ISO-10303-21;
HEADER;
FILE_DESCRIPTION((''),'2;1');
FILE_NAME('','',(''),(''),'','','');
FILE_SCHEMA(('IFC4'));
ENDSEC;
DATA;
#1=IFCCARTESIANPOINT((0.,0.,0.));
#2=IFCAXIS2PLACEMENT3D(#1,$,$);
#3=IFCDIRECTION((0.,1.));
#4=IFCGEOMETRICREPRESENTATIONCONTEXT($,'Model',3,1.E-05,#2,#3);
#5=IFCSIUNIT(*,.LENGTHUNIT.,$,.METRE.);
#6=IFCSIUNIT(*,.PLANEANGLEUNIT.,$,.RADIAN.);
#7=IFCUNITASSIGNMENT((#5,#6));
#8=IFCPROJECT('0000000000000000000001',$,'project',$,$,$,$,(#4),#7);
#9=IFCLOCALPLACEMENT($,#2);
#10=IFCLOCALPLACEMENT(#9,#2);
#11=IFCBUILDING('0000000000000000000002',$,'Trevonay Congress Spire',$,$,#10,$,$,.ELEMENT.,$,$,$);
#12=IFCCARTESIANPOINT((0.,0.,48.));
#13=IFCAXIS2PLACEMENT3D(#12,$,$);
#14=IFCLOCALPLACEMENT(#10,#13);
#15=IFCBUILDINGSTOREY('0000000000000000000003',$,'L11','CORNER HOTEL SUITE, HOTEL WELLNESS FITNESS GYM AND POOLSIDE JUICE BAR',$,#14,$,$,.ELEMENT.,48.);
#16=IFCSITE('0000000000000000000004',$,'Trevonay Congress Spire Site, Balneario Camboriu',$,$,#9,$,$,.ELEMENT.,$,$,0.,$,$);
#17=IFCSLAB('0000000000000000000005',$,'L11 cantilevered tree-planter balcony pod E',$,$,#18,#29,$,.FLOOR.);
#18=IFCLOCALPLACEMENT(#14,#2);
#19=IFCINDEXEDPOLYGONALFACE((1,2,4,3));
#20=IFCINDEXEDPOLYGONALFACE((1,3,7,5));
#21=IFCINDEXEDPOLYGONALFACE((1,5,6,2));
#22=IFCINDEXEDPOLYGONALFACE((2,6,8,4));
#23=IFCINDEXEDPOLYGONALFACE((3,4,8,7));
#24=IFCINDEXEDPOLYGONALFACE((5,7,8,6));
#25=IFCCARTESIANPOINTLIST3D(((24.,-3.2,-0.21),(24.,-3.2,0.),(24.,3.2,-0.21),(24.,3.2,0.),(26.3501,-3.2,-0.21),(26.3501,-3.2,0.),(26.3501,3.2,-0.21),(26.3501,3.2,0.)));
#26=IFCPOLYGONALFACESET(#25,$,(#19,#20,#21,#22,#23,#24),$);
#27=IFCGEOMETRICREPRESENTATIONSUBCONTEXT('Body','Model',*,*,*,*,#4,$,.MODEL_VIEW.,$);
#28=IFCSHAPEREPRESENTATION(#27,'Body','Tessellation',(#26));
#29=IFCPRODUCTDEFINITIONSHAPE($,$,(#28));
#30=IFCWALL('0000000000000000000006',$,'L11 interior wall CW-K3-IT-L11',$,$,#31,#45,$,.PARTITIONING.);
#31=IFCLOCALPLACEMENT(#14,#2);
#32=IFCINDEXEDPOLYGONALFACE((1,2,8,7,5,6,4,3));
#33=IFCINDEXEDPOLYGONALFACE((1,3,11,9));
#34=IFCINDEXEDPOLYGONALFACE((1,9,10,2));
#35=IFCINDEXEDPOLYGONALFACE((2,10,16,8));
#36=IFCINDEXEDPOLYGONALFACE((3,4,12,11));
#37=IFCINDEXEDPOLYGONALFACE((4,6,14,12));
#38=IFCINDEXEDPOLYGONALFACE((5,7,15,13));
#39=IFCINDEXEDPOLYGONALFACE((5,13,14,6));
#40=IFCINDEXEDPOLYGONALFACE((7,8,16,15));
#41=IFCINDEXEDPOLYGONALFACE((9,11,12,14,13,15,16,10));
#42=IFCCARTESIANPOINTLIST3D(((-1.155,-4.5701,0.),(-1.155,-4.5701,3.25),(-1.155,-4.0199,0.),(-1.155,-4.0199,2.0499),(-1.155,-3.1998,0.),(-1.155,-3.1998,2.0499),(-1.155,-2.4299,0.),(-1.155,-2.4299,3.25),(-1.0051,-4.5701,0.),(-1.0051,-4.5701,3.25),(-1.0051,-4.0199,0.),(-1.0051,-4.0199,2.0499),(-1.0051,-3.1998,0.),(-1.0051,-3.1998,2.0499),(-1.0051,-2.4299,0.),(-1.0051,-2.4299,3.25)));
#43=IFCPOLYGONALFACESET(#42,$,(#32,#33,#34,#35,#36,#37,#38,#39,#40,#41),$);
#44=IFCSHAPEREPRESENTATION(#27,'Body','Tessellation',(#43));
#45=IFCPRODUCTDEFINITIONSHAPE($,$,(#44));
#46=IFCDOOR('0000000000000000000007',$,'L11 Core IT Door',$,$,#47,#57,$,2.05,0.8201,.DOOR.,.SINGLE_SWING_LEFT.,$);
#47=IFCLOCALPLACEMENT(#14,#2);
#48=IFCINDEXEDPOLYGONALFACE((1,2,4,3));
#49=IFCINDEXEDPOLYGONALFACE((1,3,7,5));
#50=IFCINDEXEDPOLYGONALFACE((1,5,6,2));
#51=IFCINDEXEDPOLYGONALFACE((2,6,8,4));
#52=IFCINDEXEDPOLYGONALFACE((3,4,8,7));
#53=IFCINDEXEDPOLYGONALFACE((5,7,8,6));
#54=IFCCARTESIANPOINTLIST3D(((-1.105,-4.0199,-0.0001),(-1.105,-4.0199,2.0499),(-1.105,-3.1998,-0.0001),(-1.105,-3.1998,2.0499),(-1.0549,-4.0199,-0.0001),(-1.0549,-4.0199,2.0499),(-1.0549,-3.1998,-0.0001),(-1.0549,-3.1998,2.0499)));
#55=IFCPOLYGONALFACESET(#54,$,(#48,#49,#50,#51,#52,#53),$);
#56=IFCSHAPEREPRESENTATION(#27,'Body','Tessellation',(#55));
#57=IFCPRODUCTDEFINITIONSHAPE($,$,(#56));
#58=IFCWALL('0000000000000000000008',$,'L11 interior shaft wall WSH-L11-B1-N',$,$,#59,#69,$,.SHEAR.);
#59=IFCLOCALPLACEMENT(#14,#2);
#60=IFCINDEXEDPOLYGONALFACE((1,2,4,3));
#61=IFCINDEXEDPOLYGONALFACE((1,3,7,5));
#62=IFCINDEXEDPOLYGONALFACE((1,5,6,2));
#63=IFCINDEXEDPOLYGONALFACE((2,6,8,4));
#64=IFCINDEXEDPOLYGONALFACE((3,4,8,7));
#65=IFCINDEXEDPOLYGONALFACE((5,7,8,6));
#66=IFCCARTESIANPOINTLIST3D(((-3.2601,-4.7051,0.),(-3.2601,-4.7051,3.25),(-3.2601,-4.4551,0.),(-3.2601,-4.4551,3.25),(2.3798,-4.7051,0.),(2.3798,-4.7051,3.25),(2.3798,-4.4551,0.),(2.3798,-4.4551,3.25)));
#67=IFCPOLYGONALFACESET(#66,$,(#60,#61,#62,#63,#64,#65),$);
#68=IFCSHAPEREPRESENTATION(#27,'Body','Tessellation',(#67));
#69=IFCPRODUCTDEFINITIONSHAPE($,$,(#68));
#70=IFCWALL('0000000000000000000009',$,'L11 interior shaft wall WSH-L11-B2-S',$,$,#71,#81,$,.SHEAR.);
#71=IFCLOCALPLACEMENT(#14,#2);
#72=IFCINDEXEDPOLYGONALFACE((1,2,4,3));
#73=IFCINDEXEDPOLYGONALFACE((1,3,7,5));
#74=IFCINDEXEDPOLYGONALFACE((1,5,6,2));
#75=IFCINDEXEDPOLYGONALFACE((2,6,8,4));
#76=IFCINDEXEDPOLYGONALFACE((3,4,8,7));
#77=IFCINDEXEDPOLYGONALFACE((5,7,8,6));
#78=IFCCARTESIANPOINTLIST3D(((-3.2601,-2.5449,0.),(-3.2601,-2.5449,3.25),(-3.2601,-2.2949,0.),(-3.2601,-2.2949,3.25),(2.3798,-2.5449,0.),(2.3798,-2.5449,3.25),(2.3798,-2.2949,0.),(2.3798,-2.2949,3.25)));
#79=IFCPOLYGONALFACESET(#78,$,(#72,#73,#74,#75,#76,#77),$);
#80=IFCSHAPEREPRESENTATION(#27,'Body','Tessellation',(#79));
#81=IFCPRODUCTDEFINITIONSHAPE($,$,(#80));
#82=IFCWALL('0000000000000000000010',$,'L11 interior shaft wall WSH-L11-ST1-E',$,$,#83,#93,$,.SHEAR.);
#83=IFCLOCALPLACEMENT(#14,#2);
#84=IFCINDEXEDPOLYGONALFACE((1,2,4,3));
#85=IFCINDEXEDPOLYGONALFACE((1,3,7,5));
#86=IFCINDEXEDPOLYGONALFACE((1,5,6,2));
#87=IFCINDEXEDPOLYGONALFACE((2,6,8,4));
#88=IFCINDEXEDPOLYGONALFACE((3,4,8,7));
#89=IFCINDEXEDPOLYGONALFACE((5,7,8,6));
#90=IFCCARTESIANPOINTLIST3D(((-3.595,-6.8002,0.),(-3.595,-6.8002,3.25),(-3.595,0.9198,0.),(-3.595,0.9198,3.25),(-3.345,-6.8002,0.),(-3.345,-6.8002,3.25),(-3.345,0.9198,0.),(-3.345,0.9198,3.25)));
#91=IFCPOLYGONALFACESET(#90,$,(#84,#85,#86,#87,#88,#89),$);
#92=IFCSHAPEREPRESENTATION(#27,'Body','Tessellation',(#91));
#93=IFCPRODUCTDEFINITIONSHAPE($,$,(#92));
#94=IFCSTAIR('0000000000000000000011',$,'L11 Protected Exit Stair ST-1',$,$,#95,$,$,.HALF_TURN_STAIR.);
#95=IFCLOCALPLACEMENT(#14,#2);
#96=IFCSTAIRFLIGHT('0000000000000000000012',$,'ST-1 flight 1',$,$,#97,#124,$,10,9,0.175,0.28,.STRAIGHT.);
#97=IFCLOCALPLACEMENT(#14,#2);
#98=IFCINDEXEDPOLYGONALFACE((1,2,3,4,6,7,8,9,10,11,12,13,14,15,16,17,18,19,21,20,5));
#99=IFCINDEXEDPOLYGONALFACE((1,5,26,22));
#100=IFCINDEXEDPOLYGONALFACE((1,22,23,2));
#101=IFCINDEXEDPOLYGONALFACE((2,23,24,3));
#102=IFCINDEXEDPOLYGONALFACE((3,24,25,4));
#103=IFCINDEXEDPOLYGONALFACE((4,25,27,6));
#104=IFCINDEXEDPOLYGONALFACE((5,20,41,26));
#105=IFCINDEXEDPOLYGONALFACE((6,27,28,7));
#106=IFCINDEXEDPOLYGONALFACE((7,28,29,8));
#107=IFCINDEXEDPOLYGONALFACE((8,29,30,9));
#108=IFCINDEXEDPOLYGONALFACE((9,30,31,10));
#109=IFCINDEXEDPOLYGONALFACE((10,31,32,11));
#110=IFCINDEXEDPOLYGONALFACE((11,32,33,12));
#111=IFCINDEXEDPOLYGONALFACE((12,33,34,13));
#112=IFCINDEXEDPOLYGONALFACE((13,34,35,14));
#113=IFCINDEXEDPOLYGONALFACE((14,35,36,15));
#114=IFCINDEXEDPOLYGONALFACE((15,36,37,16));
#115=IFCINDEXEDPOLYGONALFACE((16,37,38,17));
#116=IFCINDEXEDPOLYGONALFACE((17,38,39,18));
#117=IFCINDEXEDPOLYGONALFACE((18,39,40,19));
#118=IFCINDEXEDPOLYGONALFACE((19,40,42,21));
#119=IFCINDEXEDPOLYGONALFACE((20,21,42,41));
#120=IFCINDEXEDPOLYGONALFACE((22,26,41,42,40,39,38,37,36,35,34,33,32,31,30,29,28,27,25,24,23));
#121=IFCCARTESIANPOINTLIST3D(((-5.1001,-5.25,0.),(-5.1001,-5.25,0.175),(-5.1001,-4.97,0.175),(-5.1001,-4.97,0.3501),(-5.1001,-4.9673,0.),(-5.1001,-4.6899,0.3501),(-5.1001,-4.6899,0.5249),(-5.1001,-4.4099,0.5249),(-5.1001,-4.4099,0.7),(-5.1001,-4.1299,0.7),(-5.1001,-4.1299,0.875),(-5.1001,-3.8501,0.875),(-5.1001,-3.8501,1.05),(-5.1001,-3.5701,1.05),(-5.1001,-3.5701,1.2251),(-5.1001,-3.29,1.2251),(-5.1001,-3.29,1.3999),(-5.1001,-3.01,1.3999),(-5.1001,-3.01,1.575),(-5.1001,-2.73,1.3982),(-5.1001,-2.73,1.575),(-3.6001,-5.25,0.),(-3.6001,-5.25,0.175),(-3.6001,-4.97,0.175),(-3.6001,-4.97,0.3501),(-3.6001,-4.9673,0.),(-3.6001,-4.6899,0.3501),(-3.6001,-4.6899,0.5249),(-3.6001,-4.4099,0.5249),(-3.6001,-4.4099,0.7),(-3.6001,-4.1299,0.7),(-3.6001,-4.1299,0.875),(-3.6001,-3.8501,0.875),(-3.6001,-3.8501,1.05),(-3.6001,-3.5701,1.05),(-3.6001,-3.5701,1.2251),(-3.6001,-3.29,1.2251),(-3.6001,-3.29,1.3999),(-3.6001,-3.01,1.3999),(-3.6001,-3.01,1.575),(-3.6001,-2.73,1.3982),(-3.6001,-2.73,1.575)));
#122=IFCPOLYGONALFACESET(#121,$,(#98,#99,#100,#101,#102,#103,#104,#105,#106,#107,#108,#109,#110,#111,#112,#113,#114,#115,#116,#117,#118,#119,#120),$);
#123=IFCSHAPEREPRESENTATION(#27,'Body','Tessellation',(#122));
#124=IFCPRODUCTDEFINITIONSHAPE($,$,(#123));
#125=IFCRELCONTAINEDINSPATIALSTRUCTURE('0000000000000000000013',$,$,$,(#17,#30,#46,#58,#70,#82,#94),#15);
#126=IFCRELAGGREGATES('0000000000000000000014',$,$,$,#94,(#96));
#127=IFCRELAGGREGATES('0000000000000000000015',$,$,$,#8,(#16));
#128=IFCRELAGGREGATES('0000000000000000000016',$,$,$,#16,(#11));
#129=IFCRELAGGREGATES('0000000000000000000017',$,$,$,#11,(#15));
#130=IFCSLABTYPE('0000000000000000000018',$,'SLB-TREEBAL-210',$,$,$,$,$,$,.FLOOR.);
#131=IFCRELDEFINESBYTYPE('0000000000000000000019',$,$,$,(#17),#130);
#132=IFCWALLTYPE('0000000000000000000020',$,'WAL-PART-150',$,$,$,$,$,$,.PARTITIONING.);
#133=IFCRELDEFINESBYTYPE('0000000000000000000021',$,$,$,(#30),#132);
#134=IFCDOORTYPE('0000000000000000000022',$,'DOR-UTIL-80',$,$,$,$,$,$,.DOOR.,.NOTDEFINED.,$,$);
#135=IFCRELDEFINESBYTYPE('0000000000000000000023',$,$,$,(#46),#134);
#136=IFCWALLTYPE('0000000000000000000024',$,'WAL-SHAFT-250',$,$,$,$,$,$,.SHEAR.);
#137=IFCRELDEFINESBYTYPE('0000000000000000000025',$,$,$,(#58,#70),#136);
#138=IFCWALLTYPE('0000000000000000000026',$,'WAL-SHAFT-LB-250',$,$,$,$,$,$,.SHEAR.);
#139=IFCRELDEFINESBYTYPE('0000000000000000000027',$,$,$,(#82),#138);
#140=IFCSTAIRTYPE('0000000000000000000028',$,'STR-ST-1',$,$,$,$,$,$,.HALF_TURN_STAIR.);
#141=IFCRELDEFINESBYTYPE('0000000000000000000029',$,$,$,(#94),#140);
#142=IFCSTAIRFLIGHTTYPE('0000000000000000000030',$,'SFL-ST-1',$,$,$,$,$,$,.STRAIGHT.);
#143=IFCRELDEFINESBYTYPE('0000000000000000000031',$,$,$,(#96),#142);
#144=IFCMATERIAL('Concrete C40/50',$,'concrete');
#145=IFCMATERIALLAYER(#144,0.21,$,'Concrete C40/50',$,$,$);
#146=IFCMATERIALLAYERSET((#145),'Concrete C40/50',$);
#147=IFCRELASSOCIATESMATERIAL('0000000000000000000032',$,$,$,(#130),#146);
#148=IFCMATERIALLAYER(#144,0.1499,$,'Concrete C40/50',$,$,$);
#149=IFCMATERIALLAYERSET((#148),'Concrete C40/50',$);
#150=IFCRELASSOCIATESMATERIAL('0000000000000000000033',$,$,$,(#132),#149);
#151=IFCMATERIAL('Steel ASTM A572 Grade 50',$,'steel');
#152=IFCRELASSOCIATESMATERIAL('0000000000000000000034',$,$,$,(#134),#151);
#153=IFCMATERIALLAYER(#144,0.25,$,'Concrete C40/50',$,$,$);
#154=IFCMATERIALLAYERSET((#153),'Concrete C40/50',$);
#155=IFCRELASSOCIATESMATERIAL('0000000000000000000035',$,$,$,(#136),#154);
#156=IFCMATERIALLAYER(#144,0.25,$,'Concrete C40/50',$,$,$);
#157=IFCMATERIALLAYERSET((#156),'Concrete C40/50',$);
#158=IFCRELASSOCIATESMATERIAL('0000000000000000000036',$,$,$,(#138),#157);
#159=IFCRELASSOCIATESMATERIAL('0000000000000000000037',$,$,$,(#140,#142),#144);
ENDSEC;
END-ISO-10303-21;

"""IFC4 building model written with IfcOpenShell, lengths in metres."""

from ifc_helpers import new_model, si_unit, direction, frame, frame_2d, origin, place, context, subcontext, project, spatial, polyline, rectangle, outline, extrude, material, layer, layer_set, type_object, element, fill, aggregate, save


model = new_model("IFC4")

# Units and contexts
model_context = context("Model", 3, precision=1e-05, world=origin(), true_north=direction((0.0, 1.0)))
body_context = subcontext(model_context, "Body", "Model", "MODEL_VIEW")
ifc_project = project(units=[si_unit("LENGTHUNIT", "METRE"), si_unit("PLANEANGLEUNIT", "RADIAN")], contexts=[model_context])

# Site, building, storey
site_placement = place(None, origin())
site = spatial("IfcSite", under=ifc_project, at=site_placement, Name="Trevonay Congress Spire Site, Balneario Camboriu", CompositionType="ELEMENT", RefElevation=0.0)
building_placement = place(site_placement, origin())
building = spatial("IfcBuilding", under=site, at=building_placement, Name="Trevonay Congress Spire", CompositionType="ELEMENT")
storey_placement = place(building_placement, frame((0.0, 0.0, 48.0)))
storey = spatial("IfcBuildingStorey", under=building, at=storey_placement, Name="L11", Description="CORNER HOTEL SUITE, HOTEL WELLNESS FITNESS GYM AND POOLSIDE JUICE BAR", CompositionType="ELEMENT", Elevation=48.0)

# Shared definitions
ifc_material_1 = material(Name="Steel ASTM A572 Grade 50", Category="steel")

# Slab
ifc_material_2 = material(Name="Concrete C40/50", Category="concrete")
ifc_layer_1 = layer(ifc_material_2, 0.21, Name="Concrete C40/50")
ifc_layer_set_1 = layer_set([ifc_layer_1], Name="Concrete C40/50")
slab_type_1 = type_object("IfcSlabType", Name="SLB-TREEBAL-210", PredefinedType="FLOOR", material=ifc_layer_set_1)
slab_1_placement = place(storey_placement, frame((0.0, 0.0, -0.21)))
element("IfcSlab", 1, at=slab_1_placement, inside=storey, type_object=slab_type_1, Name="L11 cantilevered tree-planter balcony pod E", PredefinedType="FLOOR", context=body_context, shape_type="SweptSolid", body=[
    extrude(outline(polyline([(24.0, -3.2), (26.3501, -3.2), (26.3501, 3.2), (24.0, 3.2), (24.0, -3.2)])), origin(), (0.0, 0.0, 1.0), 0.21),
])

# Wall, opening, door
ifc_layer_2 = layer(ifc_material_2, 0.1499, Name="Concrete C40/50")
ifc_layer_set_2 = layer_set([ifc_layer_2], Name="Concrete C40/50")
wall_type_1 = type_object("IfcWallType", Name="WAL-PART-150", PredefinedType="PARTITIONING", material=ifc_layer_set_2)
wall_1_placement = place(storey_placement, frame((-1.0801, -4.5701, 0.0), z_axis=(0.0, 0.0, 1.0), x_axis=(0.0, 1.0, 0.0)))
wall_1 = element("IfcWall", 2, at=wall_1_placement, inside=storey, type_object=wall_type_1, Name="L11 interior wall CW-K3-IT-L11", PredefinedType="PARTITIONING", context=body_context, shape_type="SweptSolid", body=[
    extrude(rectangle(XDim=2.1401, YDim=0.1499, at=frame_2d((1.0701, 0.0))), origin(), (0.0, 0.0, 1.0), 3.25),
])
opening_placement = place(wall_1_placement, frame((0.55, 0.0, 0.0)))
opening = element("IfcOpeningElement", 3, at=opening_placement, cuts=wall_1, PredefinedType="OPENING", context=body_context, shape_type="SweptSolid", body=[
    extrude(rectangle(XDim=0.8201, YDim=2.05, at=frame_2d((0.4102, 1.0249))), frame((0.0, 0.085, 0.0), z_axis=(0.0, -1.0, 0.0), x_axis=(1.0, 0.0, 0.0)), (0.0, 0.0, 1.0), 0.1699),
])
door_type = type_object("IfcDoorType", Name="DOR-UTIL-80", OperationType="NOTDEFINED", PredefinedType="DOOR", material=ifc_material_1)
door_placement = place(opening_placement, origin())
door = element("IfcDoor", 4, at=door_placement, inside=storey, type_object=door_type, Name="L11 Core IT Door", OperationType="SINGLE_SWING_LEFT", OverallHeight=2.05, OverallWidth=0.8201, PredefinedType="DOOR", context=body_context, shape_type="SweptSolid", body=[
    extrude(rectangle(XDim=0.8201, YDim=2.05, at=frame_2d((0.4102, 1.0249))), frame((0.0, 0.0249, 0.0), z_axis=(0.0, -1.0, 0.0), x_axis=(1.0, 0.0, 0.0)), (0.0, 0.0, 1.0), 0.05),
])
fill(opening, door)

# Walls
ifc_layer_3 = layer(ifc_material_2, 0.25, Name="Concrete C40/50")
ifc_layer_set_3 = layer_set([ifc_layer_3], Name="Concrete C40/50")
wall_type_2 = type_object("IfcWallType", Name="WAL-SHAFT-250", PredefinedType="SHEAR", material=ifc_layer_set_3)
for number, where, z_axis, x_axis, name in (
    (5, (-3.26, -4.5801, 0.0), (0.0, 0.0, 1.0), (1.0, 0.0, 0.0), "L11 interior shaft wall WSH-L11-B1-N"),
    (6, (-3.26, -2.4199, 0.0), (0.0, 0.0, 1.0), (1.0, 0.0, 0.0), "L11 interior shaft wall WSH-L11-B2-S"),
):
    element("IfcWall", number, at=place(storey_placement, frame(where, z_axis=z_axis, x_axis=x_axis)), inside=storey, type_object=wall_type_2, Name=name, PredefinedType="SHEAR", context=body_context, shape_type="SweptSolid", body=[
        extrude(rectangle(XDim=5.6399, YDim=0.25, at=frame_2d((2.8198, 0.0))), origin(), (0.0, 0.0, 1.0), 3.25),
    ])
ifc_layer_4 = layer(ifc_material_2, 0.25, Name="Concrete C40/50")
ifc_layer_set_4 = layer_set([ifc_layer_4], Name="Concrete C40/50")
wall_type_3 = type_object("IfcWallType", Name="WAL-SHAFT-LB-250", PredefinedType="SHEAR", material=ifc_layer_set_4)
wall_2_placement = place(storey_placement, frame((-3.47, -6.8, 0.0), z_axis=(0.0, 0.0, 1.0), x_axis=(0.0, 1.0, 0.0)))
element("IfcWall", 7, at=wall_2_placement, inside=storey, type_object=wall_type_3, Name="L11 interior shaft wall WSH-L11-ST1-E", PredefinedType="SHEAR", context=body_context, shape_type="SweptSolid", body=[
    extrude(rectangle(XDim=7.72, YDim=0.25, at=frame_2d((3.8599, 0.0))), origin(), (0.0, 0.0, 1.0), 3.25),
])

# Stair, stair flight
stair_type = type_object("IfcStairType", Name="STR-ST-1", PredefinedType="HALF_TURN_STAIR", material=ifc_material_2)
stair_placement = place(storey_placement, origin())
stair = element("IfcStair", 8, at=stair_placement, inside=storey, type_object=stair_type, Name="L11 Protected Exit Stair ST-1", PredefinedType="HALF_TURN_STAIR")
stair_flight_type = type_object("IfcStairFlightType", Name="SFL-ST-1", PredefinedType="STRAIGHT", material=ifc_material_2)
stair_flight_placement = place(storey_placement, frame((-4.3501, -5.25, 0.0), z_axis=(0.0, 0.0, 1.0), x_axis=(0.0, 1.0, 0.0)))
stair_flight = element("IfcStairFlight", 9, at=stair_flight_placement, type_object=stair_flight_type, Name="ST-1 flight 1", NumberOfRisers=10, NumberOfTreads=9, PredefinedType="STRAIGHT", RiserHeight=0.175, TreadLength=0.28, context=body_context, shape_type="SweptSolid", body=[
    extrude(outline(polyline([(0.0, 0.0), (0.0, 0.175), (0.28, 0.175), (0.28, 0.3501), (0.5601, 0.3501), (0.5601, 0.5249), (0.8401, 0.5249), (0.8401, 0.7), (1.1201, 0.7), (1.1201, 0.875), (1.3999, 0.875), (1.3999, 1.05), (1.6799, 1.05), (1.6799, 1.2251), (1.96, 1.2251), (1.96, 1.3999), (2.24, 1.3999), (2.24, 1.575), (2.52, 1.575), (2.52, 1.75), (2.52, 1.3982), (0.2827, 0.0), (0.0, 0.0)])), frame((0.0, 0.75, 0.0), z_axis=(0.0, -1.0, 0.0), x_axis=(1.0, 0.0, 0.0)), (0.0, 0.0, 1.0), 1.5),
])
aggregate(stair, [stair_flight])

save(model, "model.ifc")
